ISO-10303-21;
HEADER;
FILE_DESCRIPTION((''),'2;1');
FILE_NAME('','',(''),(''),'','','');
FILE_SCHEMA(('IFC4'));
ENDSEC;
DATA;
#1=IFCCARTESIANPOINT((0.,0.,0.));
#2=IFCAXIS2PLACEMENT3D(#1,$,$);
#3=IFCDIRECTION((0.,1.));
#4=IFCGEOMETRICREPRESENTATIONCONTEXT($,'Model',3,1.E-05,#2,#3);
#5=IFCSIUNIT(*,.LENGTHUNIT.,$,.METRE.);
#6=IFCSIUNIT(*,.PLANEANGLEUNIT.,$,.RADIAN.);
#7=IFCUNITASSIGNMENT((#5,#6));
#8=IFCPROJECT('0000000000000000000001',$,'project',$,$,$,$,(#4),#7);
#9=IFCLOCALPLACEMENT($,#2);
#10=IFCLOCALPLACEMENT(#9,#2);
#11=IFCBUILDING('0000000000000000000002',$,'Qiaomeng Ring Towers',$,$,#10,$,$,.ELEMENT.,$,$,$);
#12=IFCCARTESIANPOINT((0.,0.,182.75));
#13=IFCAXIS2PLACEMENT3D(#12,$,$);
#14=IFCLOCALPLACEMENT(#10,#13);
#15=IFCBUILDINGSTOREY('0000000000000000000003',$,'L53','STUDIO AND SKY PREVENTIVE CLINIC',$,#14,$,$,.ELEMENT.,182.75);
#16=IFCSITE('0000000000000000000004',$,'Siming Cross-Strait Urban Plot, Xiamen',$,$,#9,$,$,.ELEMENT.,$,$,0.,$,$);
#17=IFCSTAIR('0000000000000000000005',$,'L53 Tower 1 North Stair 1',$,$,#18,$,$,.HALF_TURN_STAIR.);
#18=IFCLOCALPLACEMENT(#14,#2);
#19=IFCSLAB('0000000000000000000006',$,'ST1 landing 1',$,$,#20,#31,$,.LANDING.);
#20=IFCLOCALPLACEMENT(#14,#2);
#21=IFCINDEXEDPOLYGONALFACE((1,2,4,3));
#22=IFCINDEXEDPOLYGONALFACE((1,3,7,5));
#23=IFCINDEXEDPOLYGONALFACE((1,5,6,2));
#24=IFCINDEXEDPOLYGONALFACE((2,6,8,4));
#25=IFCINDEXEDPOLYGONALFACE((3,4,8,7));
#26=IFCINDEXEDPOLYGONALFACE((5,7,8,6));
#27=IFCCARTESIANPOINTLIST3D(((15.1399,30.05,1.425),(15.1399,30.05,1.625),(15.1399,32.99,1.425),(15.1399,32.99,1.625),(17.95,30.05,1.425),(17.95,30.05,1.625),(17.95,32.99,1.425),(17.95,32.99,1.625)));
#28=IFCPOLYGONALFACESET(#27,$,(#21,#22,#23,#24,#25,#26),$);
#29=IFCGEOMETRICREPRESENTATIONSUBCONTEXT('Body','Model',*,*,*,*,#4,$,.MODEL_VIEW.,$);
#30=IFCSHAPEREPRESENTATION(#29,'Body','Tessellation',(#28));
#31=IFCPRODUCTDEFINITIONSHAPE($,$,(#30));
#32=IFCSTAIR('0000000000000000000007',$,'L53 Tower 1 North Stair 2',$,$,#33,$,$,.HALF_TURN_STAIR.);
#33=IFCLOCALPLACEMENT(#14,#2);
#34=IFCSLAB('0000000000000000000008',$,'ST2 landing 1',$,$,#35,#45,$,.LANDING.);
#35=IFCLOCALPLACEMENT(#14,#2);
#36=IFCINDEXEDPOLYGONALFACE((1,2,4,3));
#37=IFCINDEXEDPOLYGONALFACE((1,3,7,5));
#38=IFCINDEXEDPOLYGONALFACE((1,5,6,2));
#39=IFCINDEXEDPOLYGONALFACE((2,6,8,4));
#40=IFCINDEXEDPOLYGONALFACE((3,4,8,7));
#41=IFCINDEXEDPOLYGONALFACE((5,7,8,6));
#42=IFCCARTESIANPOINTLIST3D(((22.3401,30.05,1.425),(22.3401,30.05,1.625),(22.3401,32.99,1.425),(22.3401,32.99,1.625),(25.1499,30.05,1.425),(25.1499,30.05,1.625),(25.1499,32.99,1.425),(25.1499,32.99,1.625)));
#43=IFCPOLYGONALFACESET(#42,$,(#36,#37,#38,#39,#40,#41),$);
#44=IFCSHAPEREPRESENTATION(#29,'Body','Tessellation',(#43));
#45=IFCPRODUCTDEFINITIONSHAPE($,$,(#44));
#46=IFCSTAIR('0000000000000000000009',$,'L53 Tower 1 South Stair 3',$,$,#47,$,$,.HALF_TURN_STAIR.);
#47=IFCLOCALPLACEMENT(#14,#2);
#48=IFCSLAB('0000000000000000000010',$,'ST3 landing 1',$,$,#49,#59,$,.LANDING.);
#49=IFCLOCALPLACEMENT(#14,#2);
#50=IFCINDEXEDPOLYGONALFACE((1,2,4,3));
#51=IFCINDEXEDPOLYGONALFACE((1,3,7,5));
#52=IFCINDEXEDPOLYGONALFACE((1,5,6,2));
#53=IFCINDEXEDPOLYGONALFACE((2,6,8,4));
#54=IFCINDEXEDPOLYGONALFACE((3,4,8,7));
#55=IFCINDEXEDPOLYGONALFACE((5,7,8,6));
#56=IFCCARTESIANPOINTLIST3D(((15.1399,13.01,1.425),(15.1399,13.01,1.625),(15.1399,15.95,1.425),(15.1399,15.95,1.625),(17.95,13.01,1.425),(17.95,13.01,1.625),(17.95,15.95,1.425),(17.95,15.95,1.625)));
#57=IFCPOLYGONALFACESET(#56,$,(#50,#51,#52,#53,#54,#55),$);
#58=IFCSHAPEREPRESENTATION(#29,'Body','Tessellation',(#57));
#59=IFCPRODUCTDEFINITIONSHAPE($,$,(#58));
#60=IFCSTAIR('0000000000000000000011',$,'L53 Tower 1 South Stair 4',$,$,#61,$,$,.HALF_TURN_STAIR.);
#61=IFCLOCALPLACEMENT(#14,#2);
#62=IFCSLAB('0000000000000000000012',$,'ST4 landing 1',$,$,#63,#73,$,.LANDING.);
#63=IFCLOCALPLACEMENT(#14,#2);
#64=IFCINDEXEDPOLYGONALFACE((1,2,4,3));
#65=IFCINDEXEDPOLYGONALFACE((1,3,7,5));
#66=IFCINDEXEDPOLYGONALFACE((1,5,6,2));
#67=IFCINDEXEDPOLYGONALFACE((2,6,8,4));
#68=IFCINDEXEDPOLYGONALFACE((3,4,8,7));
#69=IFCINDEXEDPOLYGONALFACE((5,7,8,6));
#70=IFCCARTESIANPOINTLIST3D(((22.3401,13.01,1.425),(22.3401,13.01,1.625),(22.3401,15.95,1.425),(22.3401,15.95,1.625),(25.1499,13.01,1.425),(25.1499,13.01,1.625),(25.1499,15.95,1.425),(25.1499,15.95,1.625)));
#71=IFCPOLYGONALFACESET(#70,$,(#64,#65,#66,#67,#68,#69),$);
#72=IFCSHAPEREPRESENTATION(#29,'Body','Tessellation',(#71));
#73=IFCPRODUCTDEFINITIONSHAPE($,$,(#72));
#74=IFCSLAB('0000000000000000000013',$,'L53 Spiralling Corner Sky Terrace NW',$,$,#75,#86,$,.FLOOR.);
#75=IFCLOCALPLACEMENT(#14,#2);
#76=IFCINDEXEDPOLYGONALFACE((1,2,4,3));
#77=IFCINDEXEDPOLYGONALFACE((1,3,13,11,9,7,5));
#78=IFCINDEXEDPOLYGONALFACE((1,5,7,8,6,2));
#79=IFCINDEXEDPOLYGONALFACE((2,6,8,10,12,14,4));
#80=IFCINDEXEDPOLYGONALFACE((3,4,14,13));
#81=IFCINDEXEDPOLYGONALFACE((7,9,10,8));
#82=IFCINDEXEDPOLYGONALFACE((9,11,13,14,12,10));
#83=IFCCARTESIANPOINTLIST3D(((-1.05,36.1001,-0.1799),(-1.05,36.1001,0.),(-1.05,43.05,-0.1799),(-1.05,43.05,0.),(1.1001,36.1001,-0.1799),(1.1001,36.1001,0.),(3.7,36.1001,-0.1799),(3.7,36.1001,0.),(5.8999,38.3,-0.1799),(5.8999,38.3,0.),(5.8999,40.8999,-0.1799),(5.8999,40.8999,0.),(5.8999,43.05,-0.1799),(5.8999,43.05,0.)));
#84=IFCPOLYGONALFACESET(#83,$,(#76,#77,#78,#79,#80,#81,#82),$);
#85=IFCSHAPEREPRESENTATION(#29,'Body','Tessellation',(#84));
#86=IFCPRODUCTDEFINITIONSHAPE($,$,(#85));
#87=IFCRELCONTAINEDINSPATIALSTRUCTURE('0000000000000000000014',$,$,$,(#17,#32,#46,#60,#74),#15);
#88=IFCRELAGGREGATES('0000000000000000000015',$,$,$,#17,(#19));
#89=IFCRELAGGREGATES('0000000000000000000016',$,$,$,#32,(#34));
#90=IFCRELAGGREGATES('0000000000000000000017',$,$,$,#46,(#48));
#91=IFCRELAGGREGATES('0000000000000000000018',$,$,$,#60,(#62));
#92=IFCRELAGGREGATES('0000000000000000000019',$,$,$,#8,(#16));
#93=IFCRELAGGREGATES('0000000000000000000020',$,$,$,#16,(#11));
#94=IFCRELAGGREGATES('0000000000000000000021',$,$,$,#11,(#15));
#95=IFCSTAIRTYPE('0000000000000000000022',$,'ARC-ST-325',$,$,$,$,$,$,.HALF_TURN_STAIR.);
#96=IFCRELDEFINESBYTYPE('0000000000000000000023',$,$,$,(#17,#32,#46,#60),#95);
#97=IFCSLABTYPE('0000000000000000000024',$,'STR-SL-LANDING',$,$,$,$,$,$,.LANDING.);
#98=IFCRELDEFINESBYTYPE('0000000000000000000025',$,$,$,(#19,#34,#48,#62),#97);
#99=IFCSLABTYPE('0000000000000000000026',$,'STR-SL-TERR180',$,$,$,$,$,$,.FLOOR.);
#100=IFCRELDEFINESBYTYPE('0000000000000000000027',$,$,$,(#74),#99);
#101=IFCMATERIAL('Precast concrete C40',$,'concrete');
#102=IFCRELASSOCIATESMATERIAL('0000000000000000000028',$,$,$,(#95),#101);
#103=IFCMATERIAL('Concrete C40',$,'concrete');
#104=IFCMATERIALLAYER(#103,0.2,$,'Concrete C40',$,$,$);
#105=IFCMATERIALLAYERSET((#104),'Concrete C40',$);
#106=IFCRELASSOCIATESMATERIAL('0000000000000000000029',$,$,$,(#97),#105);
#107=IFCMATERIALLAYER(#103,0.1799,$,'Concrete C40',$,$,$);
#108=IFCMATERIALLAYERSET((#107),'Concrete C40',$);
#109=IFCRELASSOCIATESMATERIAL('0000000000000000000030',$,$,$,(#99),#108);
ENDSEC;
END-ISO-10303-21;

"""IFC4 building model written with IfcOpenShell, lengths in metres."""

from ifc_helpers import new_model, si_unit, direction, frame, origin, place, context, subcontext, project, spatial, polyline, outline, extrude, material, layer, layer_set, type_object, element, aggregate, save


model = new_model("IFC4")

# Units and contexts
model_context = context("Model", 3, precision=1e-05, world=origin(), true_north=direction((0.0, 1.0)))
body_context = subcontext(model_context, "Body", "Model", "MODEL_VIEW")
ifc_project = project(units=[si_unit("LENGTHUNIT", "METRE"), si_unit("PLANEANGLEUNIT", "RADIAN")], contexts=[model_context])

# Site, building, storey
site_placement = place(None, origin())
site = spatial("IfcSite", under=ifc_project, at=site_placement, Name="Siming Cross-Strait Urban Plot, Xiamen", CompositionType="ELEMENT", RefElevation=0.0)
building_placement = place(site_placement, origin())
building = spatial("IfcBuilding", under=site, at=building_placement, Name="Qiaomeng Ring Towers", CompositionType="ELEMENT")
storey_placement = place(building_placement, frame((0.0, 0.0, 182.75)))
storey = spatial("IfcBuildingStorey", under=building, at=storey_placement, Name="L53", Description="STUDIO AND SKY PREVENTIVE CLINIC", CompositionType="ELEMENT", Elevation=182.75)

# Shared definitions
ifc_material_1 = material(Name="Concrete C40", Category="concrete")

# Stairs, slabs
ifc_material_2 = material(Name="Precast concrete C40", Category="concrete")
stair_type = type_object("IfcStairType", Name="ARC-ST-325", PredefinedType="HALF_TURN_STAIR", material=ifc_material_2)
stair_1_placement = place(storey_placement, origin())
stair_1 = element("IfcStair", 1, at=stair_1_placement, inside=storey, type_object=stair_type, Name="L53 Tower 1 North Stair 1", PredefinedType="HALF_TURN_STAIR")
ifc_layer_1 = layer(ifc_material_1, 0.2, Name="Concrete C40")
ifc_layer_set_1 = layer_set([ifc_layer_1], Name="Concrete C40")
slab_type_1 = type_object("IfcSlabType", Name="STR-SL-LANDING", PredefinedType="LANDING", material=ifc_layer_set_1)
slab_1_placement = place(storey_placement, frame((0.0, 0.0, 1.425)))
slab_1 = element("IfcSlab", 2, at=slab_1_placement, type_object=slab_type_1, Name="ST1 landing 1", PredefinedType="LANDING", context=body_context, shape_type="SweptSolid", body=[
    extrude(outline(polyline([(15.1399, 30.05), (17.95, 30.05), (17.95, 32.99), (15.1399, 32.99), (15.1399, 30.05)])), origin(), (0.0, 0.0, 1.0), 0.2),
])
aggregate(stair_1, [slab_1])
stair_2_placement = place(storey_placement, origin())
stair_2 = element("IfcStair", 3, at=stair_2_placement, inside=storey, type_object=stair_type, Name="L53 Tower 1 North Stair 2", PredefinedType="HALF_TURN_STAIR")
slab_2_placement = place(storey_placement, frame((0.0, 0.0, 1.425)))
slab_2 = element("IfcSlab", 4, at=slab_2_placement, type_object=slab_type_1, Name="ST2 landing 1", PredefinedType="LANDING", context=body_context, shape_type="SweptSolid", body=[
    extrude(outline(polyline([(22.3401, 30.05), (25.1499, 30.05), (25.1499, 32.99), (22.3401, 32.99), (22.3401, 30.05)])), origin(), (0.0, 0.0, 1.0), 0.2),
])
aggregate(stair_2, [slab_2])
stair_3_placement = place(storey_placement, origin())
stair_3 = element("IfcStair", 5, at=stair_3_placement, inside=storey, type_object=stair_type, Name="L53 Tower 1 South Stair 3", PredefinedType="HALF_TURN_STAIR")
slab_3_placement = place(storey_placement, frame((0.0, 0.0, 1.425)))
slab_3 = element("IfcSlab", 6, at=slab_3_placement, type_object=slab_type_1, Name="ST3 landing 1", PredefinedType="LANDING", context=body_context, shape_type="SweptSolid", body=[
    extrude(outline(polyline([(15.1399, 13.01), (17.95, 13.01), (17.95, 15.95), (15.1399, 15.95), (15.1399, 13.01)])), origin(), (0.0, 0.0, 1.0), 0.2),
])
aggregate(stair_3, [slab_3])
stair_4_placement = place(storey_placement, origin())
stair_4 = element("IfcStair", 7, at=stair_4_placement, inside=storey, type_object=stair_type, Name="L53 Tower 1 South Stair 4", PredefinedType="HALF_TURN_STAIR")
slab_4_placement = place(storey_placement, frame((0.0, 0.0, 1.425)))
slab_4 = element("IfcSlab", 8, at=slab_4_placement, type_object=slab_type_1, Name="ST4 landing 1", PredefinedType="LANDING", context=body_context, shape_type="SweptSolid", body=[
    extrude(outline(polyline([(22.3401, 13.01), (25.1499, 13.01), (25.1499, 15.95), (22.3401, 15.95), (22.3401, 13.01)])), origin(), (0.0, 0.0, 1.0), 0.2),
])
aggregate(stair_4, [slab_4])

# Slab
ifc_layer_2 = layer(ifc_material_1, 0.1799, Name="Concrete C40")
ifc_layer_set_2 = layer_set([ifc_layer_2], Name="Concrete C40")
slab_type_2 = type_object("IfcSlabType", Name="STR-SL-TERR180", PredefinedType="FLOOR", material=ifc_layer_set_2)
slab_5_placement = place(storey_placement, frame((0.0, 0.0, -0.1799)))
element("IfcSlab", 9, at=slab_5_placement, inside=storey, type_object=slab_type_2, Name="L53 Spiralling Corner Sky Terrace NW", PredefinedType="FLOOR", context=body_context, shape_type="SweptSolid", body=[
    extrude(outline(polyline([(-1.05, 36.1001), (-1.05, 43.05), (5.8999, 43.05), (5.8999, 40.8999), (5.8999, 40.8999), (5.8999, 38.3), (3.7, 36.1001), (1.1001, 36.1001), (-1.05, 36.1001)])), origin(), (0.0, 0.0, 1.0), 0.1799),
])

save(model, "model.ifc")
